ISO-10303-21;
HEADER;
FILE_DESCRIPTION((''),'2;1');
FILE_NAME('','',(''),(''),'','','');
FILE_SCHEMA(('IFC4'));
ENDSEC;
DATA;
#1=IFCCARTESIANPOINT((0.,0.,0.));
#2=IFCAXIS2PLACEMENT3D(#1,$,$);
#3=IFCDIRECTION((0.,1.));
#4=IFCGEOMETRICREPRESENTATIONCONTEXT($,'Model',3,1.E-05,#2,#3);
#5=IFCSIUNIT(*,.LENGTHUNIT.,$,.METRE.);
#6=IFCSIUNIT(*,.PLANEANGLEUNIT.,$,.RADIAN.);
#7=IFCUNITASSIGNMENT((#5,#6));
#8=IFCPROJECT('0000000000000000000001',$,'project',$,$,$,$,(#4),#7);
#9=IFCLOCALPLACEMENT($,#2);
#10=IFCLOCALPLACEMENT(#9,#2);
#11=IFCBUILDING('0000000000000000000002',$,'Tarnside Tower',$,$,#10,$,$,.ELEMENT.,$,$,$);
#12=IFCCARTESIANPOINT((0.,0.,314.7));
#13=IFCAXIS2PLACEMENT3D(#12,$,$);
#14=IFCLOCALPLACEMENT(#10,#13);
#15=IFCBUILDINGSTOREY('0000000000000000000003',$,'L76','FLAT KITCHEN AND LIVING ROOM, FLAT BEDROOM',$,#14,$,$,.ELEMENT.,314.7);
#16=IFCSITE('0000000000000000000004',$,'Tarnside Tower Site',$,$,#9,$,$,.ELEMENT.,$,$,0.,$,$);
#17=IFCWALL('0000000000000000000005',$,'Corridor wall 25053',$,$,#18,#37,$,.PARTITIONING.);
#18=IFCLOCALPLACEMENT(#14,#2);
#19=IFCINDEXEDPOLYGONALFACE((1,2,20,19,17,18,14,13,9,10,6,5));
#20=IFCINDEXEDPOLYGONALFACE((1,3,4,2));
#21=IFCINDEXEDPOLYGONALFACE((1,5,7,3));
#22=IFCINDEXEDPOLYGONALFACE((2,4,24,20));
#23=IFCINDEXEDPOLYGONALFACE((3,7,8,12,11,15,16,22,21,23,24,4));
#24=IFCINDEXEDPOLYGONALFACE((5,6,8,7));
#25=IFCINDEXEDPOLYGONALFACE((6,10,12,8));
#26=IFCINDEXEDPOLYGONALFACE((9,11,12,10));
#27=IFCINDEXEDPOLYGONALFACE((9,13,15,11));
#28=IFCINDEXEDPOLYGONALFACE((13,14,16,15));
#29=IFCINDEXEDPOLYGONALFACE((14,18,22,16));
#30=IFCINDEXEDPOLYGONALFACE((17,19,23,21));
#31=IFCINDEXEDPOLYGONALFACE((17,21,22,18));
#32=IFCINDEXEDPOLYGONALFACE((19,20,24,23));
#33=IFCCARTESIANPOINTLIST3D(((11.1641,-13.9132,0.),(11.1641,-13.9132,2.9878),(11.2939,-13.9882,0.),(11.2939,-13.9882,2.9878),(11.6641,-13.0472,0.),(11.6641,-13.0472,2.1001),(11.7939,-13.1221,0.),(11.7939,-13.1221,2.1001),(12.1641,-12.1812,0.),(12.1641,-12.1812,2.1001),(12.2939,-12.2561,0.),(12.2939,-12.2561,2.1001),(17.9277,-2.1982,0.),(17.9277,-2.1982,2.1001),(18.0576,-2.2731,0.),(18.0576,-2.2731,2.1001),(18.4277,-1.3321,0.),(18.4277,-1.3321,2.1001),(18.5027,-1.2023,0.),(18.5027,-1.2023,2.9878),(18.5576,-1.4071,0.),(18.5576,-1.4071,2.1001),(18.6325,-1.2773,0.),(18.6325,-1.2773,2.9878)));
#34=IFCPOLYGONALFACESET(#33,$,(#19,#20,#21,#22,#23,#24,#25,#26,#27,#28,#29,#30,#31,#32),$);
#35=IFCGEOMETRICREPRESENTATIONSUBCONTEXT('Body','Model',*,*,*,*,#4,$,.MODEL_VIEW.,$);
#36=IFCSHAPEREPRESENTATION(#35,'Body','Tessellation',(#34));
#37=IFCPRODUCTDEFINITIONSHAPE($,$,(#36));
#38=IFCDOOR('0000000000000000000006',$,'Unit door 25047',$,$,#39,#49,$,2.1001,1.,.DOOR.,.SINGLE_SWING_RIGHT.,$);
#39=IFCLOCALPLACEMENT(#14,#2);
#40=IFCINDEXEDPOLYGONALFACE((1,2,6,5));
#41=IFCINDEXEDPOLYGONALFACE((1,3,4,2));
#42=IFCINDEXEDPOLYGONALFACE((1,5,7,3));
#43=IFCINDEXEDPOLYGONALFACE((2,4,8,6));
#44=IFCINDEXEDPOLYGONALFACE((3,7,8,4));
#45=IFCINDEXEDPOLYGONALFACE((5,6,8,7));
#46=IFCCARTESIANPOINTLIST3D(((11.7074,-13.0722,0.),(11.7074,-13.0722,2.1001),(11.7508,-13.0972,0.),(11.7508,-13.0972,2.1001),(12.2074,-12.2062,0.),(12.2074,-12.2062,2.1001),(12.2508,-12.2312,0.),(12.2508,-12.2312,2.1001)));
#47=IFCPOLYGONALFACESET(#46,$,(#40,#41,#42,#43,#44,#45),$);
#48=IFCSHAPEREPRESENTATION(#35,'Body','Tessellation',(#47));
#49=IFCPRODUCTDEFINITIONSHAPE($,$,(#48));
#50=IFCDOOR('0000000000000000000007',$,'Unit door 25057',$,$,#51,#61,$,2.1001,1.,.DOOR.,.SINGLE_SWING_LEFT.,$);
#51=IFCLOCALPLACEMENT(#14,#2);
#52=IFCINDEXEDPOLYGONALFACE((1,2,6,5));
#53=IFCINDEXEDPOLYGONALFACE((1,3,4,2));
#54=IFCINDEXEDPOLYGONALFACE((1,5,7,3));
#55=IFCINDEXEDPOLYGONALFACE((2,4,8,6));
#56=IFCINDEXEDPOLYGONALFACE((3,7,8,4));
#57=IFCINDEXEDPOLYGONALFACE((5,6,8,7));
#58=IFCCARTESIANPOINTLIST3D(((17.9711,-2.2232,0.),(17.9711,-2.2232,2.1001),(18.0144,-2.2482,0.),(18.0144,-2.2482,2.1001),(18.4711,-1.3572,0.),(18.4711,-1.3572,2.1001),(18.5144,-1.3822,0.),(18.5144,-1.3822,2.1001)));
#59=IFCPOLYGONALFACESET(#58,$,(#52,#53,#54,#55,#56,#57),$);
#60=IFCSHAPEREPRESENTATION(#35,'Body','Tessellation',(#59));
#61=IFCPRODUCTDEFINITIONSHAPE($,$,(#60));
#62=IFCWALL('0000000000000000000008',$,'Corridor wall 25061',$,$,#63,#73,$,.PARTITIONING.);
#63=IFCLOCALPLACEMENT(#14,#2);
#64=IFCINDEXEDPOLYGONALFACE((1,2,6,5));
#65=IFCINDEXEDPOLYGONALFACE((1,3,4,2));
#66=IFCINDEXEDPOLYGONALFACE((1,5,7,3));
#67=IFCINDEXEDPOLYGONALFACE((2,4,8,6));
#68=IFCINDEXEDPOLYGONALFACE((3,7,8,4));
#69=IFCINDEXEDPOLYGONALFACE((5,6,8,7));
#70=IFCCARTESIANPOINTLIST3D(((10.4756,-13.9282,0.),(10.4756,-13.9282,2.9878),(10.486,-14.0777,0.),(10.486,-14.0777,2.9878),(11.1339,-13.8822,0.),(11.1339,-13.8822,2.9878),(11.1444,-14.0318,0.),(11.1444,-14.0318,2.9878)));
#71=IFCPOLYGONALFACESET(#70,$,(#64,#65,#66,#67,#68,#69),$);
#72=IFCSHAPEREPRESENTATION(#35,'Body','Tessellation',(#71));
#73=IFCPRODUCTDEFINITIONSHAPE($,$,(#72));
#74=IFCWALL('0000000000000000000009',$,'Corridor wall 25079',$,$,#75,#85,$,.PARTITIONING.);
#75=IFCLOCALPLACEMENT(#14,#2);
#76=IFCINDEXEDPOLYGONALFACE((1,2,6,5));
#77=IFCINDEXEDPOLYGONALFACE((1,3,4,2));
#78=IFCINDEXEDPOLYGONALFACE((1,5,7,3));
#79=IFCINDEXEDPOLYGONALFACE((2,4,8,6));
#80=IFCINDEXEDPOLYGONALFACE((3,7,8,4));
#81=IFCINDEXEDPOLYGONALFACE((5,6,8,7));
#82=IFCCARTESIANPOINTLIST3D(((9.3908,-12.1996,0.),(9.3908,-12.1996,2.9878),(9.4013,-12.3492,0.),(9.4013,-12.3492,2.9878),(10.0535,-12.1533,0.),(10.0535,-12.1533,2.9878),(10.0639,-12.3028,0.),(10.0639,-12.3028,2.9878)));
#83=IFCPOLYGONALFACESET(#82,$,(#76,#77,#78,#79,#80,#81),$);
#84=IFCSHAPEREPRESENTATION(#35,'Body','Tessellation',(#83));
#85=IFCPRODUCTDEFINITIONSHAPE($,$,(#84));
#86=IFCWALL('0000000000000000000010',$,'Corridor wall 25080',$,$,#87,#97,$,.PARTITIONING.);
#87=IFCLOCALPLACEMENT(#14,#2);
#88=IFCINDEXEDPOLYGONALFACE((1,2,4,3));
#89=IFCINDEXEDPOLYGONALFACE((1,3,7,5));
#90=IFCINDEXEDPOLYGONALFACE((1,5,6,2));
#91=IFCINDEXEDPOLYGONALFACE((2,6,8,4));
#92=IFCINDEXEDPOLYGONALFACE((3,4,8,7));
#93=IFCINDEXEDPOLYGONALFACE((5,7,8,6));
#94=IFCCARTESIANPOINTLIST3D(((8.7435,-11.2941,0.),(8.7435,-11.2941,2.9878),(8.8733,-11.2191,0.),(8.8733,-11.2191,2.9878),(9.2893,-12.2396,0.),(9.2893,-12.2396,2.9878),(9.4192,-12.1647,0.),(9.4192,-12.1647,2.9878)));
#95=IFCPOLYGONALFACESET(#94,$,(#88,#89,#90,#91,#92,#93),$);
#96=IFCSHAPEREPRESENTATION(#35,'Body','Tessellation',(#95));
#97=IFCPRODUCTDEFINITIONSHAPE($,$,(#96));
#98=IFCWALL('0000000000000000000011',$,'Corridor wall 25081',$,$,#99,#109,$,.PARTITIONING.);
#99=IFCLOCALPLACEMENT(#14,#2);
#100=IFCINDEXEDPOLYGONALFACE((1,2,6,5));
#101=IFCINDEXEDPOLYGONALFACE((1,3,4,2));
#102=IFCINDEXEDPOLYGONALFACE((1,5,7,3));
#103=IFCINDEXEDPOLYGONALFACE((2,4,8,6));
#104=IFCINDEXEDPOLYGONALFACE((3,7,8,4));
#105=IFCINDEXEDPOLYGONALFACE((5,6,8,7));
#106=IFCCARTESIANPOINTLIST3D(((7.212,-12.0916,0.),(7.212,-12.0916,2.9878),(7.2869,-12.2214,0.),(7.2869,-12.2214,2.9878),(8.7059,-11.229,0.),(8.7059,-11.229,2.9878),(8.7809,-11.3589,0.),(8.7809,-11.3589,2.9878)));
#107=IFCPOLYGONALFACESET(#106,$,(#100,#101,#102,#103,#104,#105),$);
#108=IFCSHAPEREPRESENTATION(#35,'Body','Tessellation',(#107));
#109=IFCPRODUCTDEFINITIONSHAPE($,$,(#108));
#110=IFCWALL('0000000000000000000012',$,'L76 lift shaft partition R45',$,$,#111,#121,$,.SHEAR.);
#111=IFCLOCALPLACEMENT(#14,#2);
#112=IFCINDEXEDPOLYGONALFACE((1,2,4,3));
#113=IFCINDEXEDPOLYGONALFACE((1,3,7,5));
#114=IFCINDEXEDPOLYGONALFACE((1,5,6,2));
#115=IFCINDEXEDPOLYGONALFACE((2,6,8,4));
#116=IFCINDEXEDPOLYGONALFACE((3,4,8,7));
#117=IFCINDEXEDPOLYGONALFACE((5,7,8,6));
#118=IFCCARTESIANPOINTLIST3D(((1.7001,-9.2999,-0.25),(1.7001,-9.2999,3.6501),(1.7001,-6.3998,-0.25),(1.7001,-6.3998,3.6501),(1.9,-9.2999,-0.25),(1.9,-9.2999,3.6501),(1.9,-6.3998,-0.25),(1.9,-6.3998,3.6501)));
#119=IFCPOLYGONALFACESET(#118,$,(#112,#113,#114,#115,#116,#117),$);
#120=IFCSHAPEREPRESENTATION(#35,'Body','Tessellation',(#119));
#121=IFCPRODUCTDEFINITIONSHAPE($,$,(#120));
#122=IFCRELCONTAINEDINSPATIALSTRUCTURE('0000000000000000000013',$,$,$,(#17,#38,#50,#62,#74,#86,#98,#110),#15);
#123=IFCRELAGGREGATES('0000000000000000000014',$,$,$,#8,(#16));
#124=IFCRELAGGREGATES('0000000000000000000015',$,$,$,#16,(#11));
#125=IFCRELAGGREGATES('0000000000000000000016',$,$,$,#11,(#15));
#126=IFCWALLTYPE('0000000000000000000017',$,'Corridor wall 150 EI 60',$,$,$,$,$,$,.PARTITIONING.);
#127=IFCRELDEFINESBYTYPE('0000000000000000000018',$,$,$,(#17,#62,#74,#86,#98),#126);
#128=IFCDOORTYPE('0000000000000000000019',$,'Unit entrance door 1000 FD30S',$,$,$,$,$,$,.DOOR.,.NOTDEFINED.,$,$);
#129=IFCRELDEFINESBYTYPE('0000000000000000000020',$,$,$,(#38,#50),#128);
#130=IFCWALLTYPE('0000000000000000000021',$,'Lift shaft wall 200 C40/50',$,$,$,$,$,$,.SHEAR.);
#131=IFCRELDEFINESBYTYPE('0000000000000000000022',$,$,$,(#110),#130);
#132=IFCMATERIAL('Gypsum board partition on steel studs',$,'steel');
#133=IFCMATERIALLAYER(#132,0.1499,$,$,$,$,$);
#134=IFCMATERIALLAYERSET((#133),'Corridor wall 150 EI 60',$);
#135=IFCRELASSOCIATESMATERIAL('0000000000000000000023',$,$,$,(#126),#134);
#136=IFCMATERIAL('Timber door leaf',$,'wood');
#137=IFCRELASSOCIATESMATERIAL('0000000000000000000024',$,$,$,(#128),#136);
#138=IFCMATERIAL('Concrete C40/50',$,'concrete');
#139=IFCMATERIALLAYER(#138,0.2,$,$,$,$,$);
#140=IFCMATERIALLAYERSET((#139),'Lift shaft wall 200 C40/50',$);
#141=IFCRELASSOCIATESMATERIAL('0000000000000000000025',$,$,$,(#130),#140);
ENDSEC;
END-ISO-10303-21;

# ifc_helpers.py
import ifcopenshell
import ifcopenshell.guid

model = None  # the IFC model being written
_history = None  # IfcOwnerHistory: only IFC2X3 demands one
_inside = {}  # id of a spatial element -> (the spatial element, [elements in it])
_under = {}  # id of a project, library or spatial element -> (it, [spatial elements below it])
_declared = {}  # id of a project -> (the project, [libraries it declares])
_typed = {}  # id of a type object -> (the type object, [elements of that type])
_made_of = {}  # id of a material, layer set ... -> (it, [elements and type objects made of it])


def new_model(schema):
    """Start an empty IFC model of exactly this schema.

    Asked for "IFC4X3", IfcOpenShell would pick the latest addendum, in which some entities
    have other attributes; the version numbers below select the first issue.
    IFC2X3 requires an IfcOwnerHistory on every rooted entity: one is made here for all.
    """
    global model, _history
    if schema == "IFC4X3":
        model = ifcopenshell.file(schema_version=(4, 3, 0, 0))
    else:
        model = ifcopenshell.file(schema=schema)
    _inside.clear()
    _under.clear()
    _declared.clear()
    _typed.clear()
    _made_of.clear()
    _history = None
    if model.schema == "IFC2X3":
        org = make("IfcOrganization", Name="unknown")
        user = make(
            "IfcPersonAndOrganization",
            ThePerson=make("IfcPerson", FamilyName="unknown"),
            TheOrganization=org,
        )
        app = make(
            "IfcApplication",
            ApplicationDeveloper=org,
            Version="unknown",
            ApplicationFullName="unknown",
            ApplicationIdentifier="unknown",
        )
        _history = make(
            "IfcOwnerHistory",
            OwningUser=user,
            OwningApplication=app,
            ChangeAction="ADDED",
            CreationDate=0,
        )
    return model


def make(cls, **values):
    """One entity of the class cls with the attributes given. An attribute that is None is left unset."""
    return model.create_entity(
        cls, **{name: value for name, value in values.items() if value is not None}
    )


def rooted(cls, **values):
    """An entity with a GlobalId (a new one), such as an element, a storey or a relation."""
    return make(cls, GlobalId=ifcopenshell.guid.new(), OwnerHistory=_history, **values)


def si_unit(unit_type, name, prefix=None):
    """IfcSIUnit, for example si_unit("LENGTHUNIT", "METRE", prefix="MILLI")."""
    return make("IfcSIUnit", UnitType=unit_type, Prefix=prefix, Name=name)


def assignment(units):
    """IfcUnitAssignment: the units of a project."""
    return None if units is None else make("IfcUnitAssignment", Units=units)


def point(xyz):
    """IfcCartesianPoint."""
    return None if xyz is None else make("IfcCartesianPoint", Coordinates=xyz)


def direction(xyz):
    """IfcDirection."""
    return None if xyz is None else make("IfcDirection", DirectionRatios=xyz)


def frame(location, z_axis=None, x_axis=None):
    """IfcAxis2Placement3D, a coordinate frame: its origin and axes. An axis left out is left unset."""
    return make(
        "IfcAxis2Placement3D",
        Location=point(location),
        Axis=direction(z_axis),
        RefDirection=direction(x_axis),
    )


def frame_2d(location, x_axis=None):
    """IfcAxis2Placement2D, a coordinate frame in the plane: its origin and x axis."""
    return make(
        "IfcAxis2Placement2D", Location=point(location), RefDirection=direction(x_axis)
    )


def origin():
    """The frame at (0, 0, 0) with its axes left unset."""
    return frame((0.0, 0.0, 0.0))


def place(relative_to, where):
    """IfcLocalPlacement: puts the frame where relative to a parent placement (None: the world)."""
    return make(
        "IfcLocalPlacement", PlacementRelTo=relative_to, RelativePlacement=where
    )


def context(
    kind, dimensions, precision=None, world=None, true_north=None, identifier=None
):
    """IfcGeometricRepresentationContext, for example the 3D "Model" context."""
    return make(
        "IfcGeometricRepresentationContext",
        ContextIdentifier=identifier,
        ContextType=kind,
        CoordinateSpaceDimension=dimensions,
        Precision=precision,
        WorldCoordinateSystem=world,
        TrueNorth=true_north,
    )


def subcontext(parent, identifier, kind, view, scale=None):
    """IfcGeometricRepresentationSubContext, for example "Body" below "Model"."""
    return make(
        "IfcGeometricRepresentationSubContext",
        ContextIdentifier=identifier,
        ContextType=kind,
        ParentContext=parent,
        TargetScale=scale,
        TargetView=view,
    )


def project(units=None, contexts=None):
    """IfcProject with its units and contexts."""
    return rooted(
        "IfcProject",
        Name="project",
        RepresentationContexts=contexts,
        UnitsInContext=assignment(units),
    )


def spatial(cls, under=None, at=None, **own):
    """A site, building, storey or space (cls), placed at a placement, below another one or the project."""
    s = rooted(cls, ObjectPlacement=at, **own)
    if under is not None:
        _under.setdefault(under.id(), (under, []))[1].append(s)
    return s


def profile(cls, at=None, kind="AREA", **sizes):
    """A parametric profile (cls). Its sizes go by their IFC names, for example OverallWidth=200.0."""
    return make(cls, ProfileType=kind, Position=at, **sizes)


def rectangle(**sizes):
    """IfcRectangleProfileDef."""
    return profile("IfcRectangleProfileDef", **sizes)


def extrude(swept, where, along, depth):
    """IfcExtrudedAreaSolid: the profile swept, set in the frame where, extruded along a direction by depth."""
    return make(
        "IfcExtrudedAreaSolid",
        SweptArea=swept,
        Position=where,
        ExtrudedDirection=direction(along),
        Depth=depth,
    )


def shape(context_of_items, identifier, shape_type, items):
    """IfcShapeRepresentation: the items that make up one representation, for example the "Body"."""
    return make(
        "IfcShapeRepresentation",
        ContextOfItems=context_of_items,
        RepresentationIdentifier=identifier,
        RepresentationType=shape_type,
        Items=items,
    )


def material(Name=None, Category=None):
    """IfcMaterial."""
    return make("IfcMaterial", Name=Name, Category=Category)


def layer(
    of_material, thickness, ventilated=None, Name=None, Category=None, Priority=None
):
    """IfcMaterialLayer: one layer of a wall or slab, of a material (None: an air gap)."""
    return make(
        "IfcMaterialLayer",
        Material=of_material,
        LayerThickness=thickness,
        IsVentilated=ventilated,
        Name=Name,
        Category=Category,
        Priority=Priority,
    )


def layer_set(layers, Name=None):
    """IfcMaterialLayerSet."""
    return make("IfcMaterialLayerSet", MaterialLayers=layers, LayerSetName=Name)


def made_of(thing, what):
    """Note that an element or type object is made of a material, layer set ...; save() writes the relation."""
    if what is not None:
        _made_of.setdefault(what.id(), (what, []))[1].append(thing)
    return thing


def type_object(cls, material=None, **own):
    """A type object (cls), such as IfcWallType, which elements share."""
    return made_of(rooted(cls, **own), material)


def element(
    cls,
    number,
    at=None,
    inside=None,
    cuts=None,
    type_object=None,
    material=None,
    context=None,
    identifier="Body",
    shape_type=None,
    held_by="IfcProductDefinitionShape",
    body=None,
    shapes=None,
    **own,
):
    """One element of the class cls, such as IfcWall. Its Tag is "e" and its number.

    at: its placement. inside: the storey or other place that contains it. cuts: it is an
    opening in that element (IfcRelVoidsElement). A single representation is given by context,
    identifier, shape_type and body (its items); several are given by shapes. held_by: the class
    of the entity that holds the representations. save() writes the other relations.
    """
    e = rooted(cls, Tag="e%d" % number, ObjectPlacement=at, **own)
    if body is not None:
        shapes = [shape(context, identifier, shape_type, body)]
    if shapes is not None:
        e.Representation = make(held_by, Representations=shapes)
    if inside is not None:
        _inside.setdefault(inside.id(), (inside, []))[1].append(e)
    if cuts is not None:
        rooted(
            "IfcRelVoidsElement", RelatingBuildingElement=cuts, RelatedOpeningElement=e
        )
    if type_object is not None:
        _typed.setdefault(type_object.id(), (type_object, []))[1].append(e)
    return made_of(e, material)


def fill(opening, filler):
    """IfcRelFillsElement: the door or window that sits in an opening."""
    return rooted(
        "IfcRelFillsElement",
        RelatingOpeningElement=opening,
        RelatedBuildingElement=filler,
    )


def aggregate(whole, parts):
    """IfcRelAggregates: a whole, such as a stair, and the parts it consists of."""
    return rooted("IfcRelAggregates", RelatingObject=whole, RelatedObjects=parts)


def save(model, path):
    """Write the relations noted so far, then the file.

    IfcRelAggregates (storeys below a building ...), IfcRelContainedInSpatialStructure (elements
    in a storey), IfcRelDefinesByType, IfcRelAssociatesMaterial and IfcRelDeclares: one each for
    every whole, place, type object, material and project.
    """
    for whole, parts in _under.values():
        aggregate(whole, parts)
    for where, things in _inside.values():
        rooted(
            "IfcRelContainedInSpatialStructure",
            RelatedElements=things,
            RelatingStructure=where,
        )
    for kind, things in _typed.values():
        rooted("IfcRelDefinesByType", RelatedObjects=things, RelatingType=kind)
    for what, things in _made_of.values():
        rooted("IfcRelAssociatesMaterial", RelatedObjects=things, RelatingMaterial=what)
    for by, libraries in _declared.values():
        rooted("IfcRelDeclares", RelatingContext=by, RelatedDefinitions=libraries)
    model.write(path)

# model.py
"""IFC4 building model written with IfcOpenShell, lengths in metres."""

from ifc_helpers import new_model, si_unit, direction, frame, frame_2d, origin, place, context, subcontext, project, spatial, rectangle, extrude, material, layer, layer_set, type_object, element, fill, save


model = new_model("IFC4")

# Units and contexts
model_context = context("Model", 3, precision=1e-05, world=origin(), true_north=direction((0.0, 1.0)))
body_context = subcontext(model_context, "Body", "Model", "MODEL_VIEW")
ifc_project = project(units=[si_unit("LENGTHUNIT", "METRE"), si_unit("PLANEANGLEUNIT", "RADIAN")], contexts=[model_context])

# Site, building, storey
site_placement = place(None, origin())
site = spatial("IfcSite", under=ifc_project, at=site_placement, Name="Tarnside Tower Site", CompositionType="ELEMENT", RefElevation=0.0)
building_placement = place(site_placement, origin())
building = spatial("IfcBuilding", under=site, at=building_placement, Name="Tarnside Tower", CompositionType="ELEMENT")
storey_placement = place(building_placement, frame((0.0, 0.0, 314.7)))
storey = spatial("IfcBuildingStorey", under=building, at=storey_placement, Name="L76", Description="FLAT KITCHEN AND LIVING ROOM, FLAT BEDROOM", CompositionType="ELEMENT", Elevation=314.7)

# Shared definitions
ifc_material_1 = material(Name="Gypsum board partition on steel studs", Category="steel")
ifc_material_2 = material(Name="Timber door leaf", Category="wood")

# Shared definitions
ifc_layer_1 = layer(ifc_material_1, 0.1499)
ifc_layer_set_1 = layer_set([ifc_layer_1], Name="Corridor wall 150 EI 60")
wall_type_1 = type_object("IfcWallType", Name="Corridor wall 150 EI 60", PredefinedType="PARTITIONING", material=ifc_layer_set_1)

# Wall, openings, doors
wall_1_placement = place(storey_placement, frame((11.229, -13.9507, 0.0), z_axis=(0.0, 0.0, 1.0), x_axis=(0.499998, 0.866027, 0.0)))
wall_1 = element("IfcWall", 1, at=wall_1_placement, inside=storey, type_object=wall_type_1, Name="Corridor wall 25053", PredefinedType="PARTITIONING", context=body_context, shape_type="SweptSolid", body=[
    extrude(rectangle(XDim=14.6772, YDim=0.1499, at=frame_2d((7.3386, 0.0))), origin(), (0.0, 0.0, 1.0), 2.9878),
])
opening_1_placement = place(wall_1_placement, frame((1.0, 0.0, 0.0)))
opening_1 = element("IfcOpeningElement", 2, at=opening_1_placement, cuts=wall_1, PredefinedType="OPENING", context=body_context, shape_type="SweptSolid", body=[
    extrude(rectangle(XDim=1.0, YDim=2.1001, at=frame_2d((0.5, 1.05))), frame((0.0, 0.085, 0.0), z_axis=(0.0, -1.0, 0.0), x_axis=(1.0, 0.0, 0.0)), (0.0, 0.0, 1.0), 0.1699),
])
opening_2_placement = place(wall_1_placement, frame((13.5273, 0.0, 0.0)))
opening_2 = element("IfcOpeningElement", 3, at=opening_2_placement, cuts=wall_1, PredefinedType="OPENING", context=body_context, shape_type="SweptSolid", body=[
    extrude(rectangle(XDim=1.0, YDim=2.1001, at=frame_2d((0.5, 1.05))), frame((0.0, 0.085, 0.0), z_axis=(0.0, -1.0, 0.0), x_axis=(1.0, 0.0, 0.0)), (0.0, 0.0, 1.0), 0.1699),
])
door_type_1 = type_object("IfcDoorType", Name="Unit entrance door 1000 FD30S", OperationType="NOTDEFINED", PredefinedType="DOOR", material=ifc_material_2)
door_1_placement = place(opening_1_placement, origin())
door_1 = element("IfcDoor", 4, at=door_1_placement, inside=storey, type_object=door_type_1, Name="Unit door 25047", OperationType="SINGLE_SWING_RIGHT", OverallHeight=2.1001, OverallWidth=1.0, PredefinedType="DOOR", context=body_context, shape_type="SweptSolid", body=[
    extrude(rectangle(XDim=1.0, YDim=2.1001, at=frame_2d((0.5, 1.05))), frame((0.0, 0.0249, 0.0), z_axis=(0.0, -1.0, 0.0), x_axis=(1.0, 0.0, 0.0)), (0.0, 0.0, 1.0), 0.05),
])
fill(opening_1, door_1)
door_2_placement = place(opening_2_placement, origin())
door_2 = element("IfcDoor", 5, at=door_2_placement, inside=storey, type_object=door_type_1, Name="Unit door 25057", OperationType="SINGLE_SWING_LEFT", OverallHeight=2.1001, OverallWidth=1.0, PredefinedType="DOOR", context=body_context, shape_type="SweptSolid", body=[
    extrude(rectangle(XDim=1.0, YDim=2.1001, at=frame_2d((0.5, 1.05))), frame((0.0, 0.0249, 0.0), z_axis=(0.0, -1.0, 0.0), x_axis=(1.0, 0.0, 0.0)), (0.0, 0.0, 1.0), 0.05),
])
fill(opening_2, door_2)

# Walls
wall_2_placement = place(storey_placement, frame((10.4807, -14.0029, 0.0), z_axis=(0.0, 0.0, 1.0), x_axis=(0.997577, 0.069564, 0.0)))
element("IfcWall", 6, at=wall_2_placement, inside=storey, type_object=wall_type_1, Name="Corridor wall 25061", PredefinedType="PARTITIONING", context=body_context, shape_type="SweptSolid", body=[
    extrude(rectangle(XDim=0.6599, YDim=0.1499, at=frame_2d((0.3301, 0.0))), origin(), (0.0, 0.0, 1.0), 2.9878),
])
wall_3_placement = place(storey_placement, frame((10.0586, -12.228, 0.0), z_axis=(0.0, 0.0, 1.0), x_axis=(-0.997558, -0.069836, 0.0)))
element("IfcWall", 7, at=wall_3_placement, inside=storey, type_object=wall_type_1, Name="Corridor wall 25079", PredefinedType="PARTITIONING", context=body_context, shape_type="SweptSolid", body=[
    extrude(rectangle(XDim=0.6643, YDim=0.1499, at=frame_2d((0.332, 0.0))), origin(), (0.0, 0.0, 1.0), 2.9878),
])
wall_4_placement = place(storey_placement, frame((9.3542, -12.2021, 0.0), z_axis=(0.0, 0.0, 1.0), x_axis=(-0.499987, 0.866033, 0.0)))
element("IfcWall", 8, at=wall_4_placement, inside=storey, type_object=wall_type_1, Name="Corridor wall 25080", PredefinedType="PARTITIONING", context=body_context, shape_type="SweptSolid", body=[
    extrude(rectangle(XDim=1.0918, YDim=0.1499, at=frame_2d((0.5459, 0.0))), origin(), (0.0, 0.0, 1.0), 2.9878),
])
wall_5_placement = place(storey_placement, frame((8.7434, -11.2939, 0.0), z_axis=(0.0, 0.0, 1.0), x_axis=(-0.866014, -0.500021, 0.0)))
element("IfcWall", 9, at=wall_5_placement, inside=storey, type_object=wall_type_1, Name="Corridor wall 25081", PredefinedType="PARTITIONING", context=body_context, shape_type="SweptSolid", body=[
    extrude(rectangle(XDim=1.7251, YDim=0.1499, at=frame_2d((0.8625, 0.0))), origin(), (0.0, 0.0, 1.0), 2.9878),
])
ifc_material_3 = material(Name="Concrete C40/50", Category="concrete")
ifc_layer_2 = layer(ifc_material_3, 0.2)
ifc_layer_set_2 = layer_set([ifc_layer_2], Name="Lift shaft wall 200 C40/50")
wall_type_2 = type_object("IfcWallType", Name="Lift shaft wall 200 C40/50", PredefinedType="SHEAR", material=ifc_layer_set_2)
wall_6_placement = place(storey_placement, frame((1.8, -9.3, -0.25), z_axis=(0.0, 0.0, 1.0), x_axis=(0.0, 1.0, 0.0)))
element("IfcWall", 10, at=wall_6_placement, inside=storey, type_object=wall_type_2, Name="L76 lift shaft partition R45", PredefinedType="SHEAR", context=body_context, shape_type="SweptSolid", body=[
    extrude(rectangle(XDim=2.9001, YDim=0.2, at=frame_2d((1.4502, 0.0))), origin(), (0.0, 0.0, 1.0), 3.9001),
])

save(model, "model.ifc")
